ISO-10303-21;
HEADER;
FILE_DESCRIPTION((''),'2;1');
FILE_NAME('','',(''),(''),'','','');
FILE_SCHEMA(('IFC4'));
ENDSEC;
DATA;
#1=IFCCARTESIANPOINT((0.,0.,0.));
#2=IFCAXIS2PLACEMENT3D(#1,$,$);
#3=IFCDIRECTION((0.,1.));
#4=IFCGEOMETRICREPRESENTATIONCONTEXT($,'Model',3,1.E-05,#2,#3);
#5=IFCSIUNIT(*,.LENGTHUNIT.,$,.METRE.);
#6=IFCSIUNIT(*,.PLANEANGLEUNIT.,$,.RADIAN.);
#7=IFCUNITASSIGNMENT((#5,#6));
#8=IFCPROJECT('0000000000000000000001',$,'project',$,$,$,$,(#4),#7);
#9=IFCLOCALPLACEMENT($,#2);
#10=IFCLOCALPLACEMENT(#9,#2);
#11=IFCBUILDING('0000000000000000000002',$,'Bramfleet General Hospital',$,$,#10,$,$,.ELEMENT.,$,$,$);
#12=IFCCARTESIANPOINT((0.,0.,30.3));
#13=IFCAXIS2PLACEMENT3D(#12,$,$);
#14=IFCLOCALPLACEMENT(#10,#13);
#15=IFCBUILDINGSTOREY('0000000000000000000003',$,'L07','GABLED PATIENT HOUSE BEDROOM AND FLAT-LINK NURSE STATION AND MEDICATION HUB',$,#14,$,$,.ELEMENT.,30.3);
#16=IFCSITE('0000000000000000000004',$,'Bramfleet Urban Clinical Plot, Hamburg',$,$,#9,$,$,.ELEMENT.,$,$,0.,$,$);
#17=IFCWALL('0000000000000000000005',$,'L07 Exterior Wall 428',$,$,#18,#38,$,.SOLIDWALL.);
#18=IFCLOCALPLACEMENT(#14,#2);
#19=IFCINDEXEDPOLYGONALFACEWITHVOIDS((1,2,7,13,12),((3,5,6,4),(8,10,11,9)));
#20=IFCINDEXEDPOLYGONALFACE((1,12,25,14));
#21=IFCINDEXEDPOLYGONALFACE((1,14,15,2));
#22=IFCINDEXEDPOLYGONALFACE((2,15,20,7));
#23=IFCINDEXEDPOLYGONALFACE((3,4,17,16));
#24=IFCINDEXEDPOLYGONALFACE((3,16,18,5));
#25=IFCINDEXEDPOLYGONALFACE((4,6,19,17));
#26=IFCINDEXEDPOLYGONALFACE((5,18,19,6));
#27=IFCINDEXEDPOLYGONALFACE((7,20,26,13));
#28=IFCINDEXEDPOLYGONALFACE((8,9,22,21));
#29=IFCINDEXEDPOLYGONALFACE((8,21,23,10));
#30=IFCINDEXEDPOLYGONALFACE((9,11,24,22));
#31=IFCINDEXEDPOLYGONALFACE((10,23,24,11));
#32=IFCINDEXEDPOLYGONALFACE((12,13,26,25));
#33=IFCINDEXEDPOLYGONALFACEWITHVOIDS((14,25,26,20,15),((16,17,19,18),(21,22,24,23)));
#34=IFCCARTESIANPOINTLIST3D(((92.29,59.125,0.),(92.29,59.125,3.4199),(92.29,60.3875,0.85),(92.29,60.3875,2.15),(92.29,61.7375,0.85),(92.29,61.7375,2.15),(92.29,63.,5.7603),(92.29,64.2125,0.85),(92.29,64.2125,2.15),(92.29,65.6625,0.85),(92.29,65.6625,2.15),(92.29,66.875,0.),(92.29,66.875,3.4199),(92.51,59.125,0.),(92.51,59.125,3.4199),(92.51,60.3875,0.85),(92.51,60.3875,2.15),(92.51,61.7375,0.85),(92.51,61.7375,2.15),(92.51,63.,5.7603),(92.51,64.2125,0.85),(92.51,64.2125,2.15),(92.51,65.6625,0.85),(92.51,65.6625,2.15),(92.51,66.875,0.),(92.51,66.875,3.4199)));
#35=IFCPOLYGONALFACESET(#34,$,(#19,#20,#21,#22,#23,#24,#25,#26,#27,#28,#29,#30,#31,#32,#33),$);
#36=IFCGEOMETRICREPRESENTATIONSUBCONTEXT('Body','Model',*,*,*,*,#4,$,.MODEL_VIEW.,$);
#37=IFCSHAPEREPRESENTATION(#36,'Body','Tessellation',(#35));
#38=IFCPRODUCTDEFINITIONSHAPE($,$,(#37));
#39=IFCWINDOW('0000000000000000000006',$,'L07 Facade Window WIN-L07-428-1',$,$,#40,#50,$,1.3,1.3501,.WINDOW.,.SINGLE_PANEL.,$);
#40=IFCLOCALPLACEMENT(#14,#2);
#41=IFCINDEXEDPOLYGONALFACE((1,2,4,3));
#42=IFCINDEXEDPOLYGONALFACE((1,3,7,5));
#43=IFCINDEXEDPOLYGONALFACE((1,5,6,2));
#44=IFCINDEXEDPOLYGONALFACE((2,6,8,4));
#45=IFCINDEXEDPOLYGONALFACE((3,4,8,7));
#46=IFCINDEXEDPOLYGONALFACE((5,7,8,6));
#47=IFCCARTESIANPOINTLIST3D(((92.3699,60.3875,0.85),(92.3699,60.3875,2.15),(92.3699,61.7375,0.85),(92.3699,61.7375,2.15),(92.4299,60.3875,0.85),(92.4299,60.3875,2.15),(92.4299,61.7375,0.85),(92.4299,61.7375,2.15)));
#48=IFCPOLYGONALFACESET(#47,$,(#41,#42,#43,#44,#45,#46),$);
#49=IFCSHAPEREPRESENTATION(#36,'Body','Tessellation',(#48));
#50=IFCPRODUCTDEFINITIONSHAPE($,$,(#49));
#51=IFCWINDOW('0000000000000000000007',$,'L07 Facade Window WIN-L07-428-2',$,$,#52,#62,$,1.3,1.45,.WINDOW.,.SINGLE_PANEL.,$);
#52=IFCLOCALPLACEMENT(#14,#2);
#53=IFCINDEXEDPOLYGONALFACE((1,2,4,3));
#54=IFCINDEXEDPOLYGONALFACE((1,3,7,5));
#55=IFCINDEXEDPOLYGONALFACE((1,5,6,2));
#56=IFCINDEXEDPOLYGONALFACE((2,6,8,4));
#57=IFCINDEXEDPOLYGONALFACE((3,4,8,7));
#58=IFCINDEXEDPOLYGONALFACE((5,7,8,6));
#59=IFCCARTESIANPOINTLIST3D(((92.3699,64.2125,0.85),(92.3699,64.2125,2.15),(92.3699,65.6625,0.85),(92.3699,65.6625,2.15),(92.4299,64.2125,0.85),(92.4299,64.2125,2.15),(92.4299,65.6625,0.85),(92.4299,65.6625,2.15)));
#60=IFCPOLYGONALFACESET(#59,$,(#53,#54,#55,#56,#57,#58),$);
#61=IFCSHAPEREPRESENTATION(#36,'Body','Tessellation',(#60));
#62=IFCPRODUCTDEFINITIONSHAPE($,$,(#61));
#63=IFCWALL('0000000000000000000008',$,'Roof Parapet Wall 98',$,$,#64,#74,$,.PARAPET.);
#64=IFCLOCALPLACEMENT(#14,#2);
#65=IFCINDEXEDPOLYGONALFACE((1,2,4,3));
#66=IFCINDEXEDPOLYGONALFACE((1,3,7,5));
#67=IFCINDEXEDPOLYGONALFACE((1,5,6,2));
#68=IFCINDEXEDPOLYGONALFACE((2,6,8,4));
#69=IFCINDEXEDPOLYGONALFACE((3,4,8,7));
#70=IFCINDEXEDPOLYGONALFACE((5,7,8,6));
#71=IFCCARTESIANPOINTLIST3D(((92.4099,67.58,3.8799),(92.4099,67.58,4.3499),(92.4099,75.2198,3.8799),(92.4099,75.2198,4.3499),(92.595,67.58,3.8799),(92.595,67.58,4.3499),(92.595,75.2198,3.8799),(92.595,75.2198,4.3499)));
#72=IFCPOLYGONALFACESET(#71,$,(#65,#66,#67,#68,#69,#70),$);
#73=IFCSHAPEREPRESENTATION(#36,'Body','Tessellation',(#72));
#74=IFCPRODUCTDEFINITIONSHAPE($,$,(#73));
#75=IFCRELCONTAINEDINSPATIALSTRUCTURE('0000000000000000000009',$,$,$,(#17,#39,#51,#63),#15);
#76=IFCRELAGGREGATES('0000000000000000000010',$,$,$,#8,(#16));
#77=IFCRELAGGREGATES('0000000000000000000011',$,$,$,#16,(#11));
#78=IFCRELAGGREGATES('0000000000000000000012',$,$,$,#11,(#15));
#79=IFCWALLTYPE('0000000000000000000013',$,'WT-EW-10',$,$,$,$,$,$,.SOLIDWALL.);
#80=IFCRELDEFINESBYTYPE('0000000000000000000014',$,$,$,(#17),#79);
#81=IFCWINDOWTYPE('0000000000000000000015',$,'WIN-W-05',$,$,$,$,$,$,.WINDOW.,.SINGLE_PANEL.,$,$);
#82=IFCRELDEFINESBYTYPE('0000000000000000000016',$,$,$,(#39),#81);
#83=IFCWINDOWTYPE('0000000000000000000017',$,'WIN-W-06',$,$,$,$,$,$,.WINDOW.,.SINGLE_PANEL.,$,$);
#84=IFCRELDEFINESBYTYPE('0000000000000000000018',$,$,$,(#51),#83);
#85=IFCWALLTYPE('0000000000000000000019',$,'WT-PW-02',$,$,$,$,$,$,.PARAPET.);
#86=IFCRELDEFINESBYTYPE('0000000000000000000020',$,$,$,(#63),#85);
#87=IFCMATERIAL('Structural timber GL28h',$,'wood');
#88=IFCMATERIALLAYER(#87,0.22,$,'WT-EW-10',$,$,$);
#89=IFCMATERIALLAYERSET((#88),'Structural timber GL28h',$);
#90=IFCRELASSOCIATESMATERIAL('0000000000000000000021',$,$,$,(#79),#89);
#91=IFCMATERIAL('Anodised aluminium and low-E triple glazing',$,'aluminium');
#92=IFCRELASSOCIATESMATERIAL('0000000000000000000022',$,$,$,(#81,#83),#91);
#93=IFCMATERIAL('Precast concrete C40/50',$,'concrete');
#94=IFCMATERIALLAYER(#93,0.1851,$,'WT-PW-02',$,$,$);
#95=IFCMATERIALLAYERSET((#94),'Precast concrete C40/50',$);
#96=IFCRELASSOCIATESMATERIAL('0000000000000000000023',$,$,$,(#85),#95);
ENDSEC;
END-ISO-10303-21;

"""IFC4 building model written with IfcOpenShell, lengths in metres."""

from ifc_helpers import new_model, si_unit, direction, frame, frame_2d, origin, place, context, subcontext, project, spatial, polyline, rectangle, outline, extrude, material, layer, layer_set, type_object, element, fill, save


model = new_model("IFC4")

# Units and contexts
model_context = context("Model", 3, precision=1e-05, world=origin(), true_north=direction((0.0, 1.0)))
body_context = subcontext(model_context, "Body", "Model", "MODEL_VIEW")
ifc_project = project(units=[si_unit("LENGTHUNIT", "METRE"), si_unit("PLANEANGLEUNIT", "RADIAN")], contexts=[model_context])

# Site, building, storey
site_placement = place(None, origin())
site = spatial("IfcSite", under=ifc_project, at=site_placement, Name="Bramfleet Urban Clinical Plot, Hamburg", CompositionType="ELEMENT", RefElevation=0.0)
building_placement = place(site_placement, origin())
building = spatial("IfcBuilding", under=site, at=building_placement, Name="Bramfleet General Hospital", CompositionType="ELEMENT")
storey_placement = place(building_placement, frame((0.0, 0.0, 30.3)))
storey = spatial("IfcBuildingStorey", under=building, at=storey_placement, Name="L07", Description="GABLED PATIENT HOUSE BEDROOM AND FLAT-LINK NURSE STATION AND MEDICATION HUB", CompositionType="ELEMENT", Elevation=30.3)

# Shared definitions
ifc_material_1 = material(Name="Anodised aluminium and low-E triple glazing", Category="aluminium")

# Wall, openings, windows
ifc_material_2 = material(Name="Structural timber GL28h", Category="wood")
ifc_layer_1 = layer(ifc_material_2, 0.22, Name="WT-EW-10")
ifc_layer_set_1 = layer_set([ifc_layer_1], Name="Structural timber GL28h")
wall_type_1 = type_object("IfcWallType", Name="WT-EW-10", PredefinedType="SOLIDWALL", material=ifc_layer_set_1)
wall_1_placement = place(storey_placement, frame((92.3999, 59.125, 0.0), z_axis=(0.0, 0.0, 1.0), x_axis=(0.0, 1.0, 0.0)))
wall_1 = element("IfcWall", 1, at=wall_1_placement, inside=storey, type_object=wall_type_1, Name="L07 Exterior Wall 428", PredefinedType="SOLIDWALL", context=body_context, shape_type="SweptSolid", body=[
    extrude(outline(polyline([(0.0, 0.0), (7.75, 0.0), (7.75, 3.4199), (3.875, 5.7603), (0.0, 3.4199), (0.0, 0.0)])), frame((0.0, 0.1099, 0.0), z_axis=(0.0, -1.0, 0.0), x_axis=(1.0, 0.0, 0.0)), (0.0, 0.0, 1.0), 0.22),
])
opening_1_placement = place(wall_1_placement, frame((1.2625, 0.0, 0.8501)))
opening_1 = element("IfcOpeningElement", 2, at=opening_1_placement, cuts=wall_1, PredefinedType="OPENING", context=body_context, shape_type="SweptSolid", body=[
    extrude(rectangle(XDim=1.3501, YDim=1.3, at=frame_2d((0.675, 0.6499))), frame((0.0, 0.1199, 0.0), z_axis=(0.0, -1.0, 0.0), x_axis=(1.0, 0.0, 0.0)), (0.0, 0.0, 1.0), 0.24),
])
opening_2_placement = place(wall_1_placement, frame((5.0874, 0.0, 0.8501)))
opening_2 = element("IfcOpeningElement", 3, at=opening_2_placement, cuts=wall_1, PredefinedType="OPENING", context=body_context, shape_type="SweptSolid", body=[
    extrude(rectangle(XDim=1.45, YDim=1.3, at=frame_2d((0.7251, 0.6499))), frame((0.0, 0.1199, 0.0), z_axis=(0.0, -1.0, 0.0), x_axis=(1.0, 0.0, 0.0)), (0.0, 0.0, 1.0), 0.24),
])
window_type_1 = type_object("IfcWindowType", Name="WIN-W-05", PartitioningType="SINGLE_PANEL", PredefinedType="WINDOW", material=ifc_material_1)
window_1_placement = place(opening_1_placement, origin())
window_1 = element("IfcWindow", 4, at=window_1_placement, inside=storey, type_object=window_type_1, Name="L07 Facade Window WIN-L07-428-1", OverallHeight=1.3, OverallWidth=1.3501, PartitioningType="SINGLE_PANEL", PredefinedType="WINDOW", context=body_context, shape_type="SweptSolid", body=[
    extrude(rectangle(XDim=1.3501, YDim=1.3, at=frame_2d((0.675, 0.6499))), frame((0.0, 0.03, 0.0), z_axis=(0.0, -1.0, 0.0), x_axis=(1.0, 0.0, 0.0)), (0.0, 0.0, 1.0), 0.0601),
])
fill(opening_1, window_1)
window_type_2 = type_object("IfcWindowType", Name="WIN-W-06", PartitioningType="SINGLE_PANEL", PredefinedType="WINDOW", material=ifc_material_1)
window_2_placement = place(opening_2_placement, origin())
window_2 = element("IfcWindow", 5, at=window_2_placement, inside=storey, type_object=window_type_2, Name="L07 Facade Window WIN-L07-428-2", OverallHeight=1.3, OverallWidth=1.45, PartitioningType="SINGLE_PANEL", PredefinedType="WINDOW", context=body_context, shape_type="SweptSolid", body=[
    extrude(rectangle(XDim=1.45, YDim=1.3, at=frame_2d((0.7251, 0.6499))), frame((0.0, 0.03, 0.0), z_axis=(0.0, -1.0, 0.0), x_axis=(1.0, 0.0, 0.0)), (0.0, 0.0, 1.0), 0.0601),
])
fill(opening_2, window_2)

# Wall
ifc_material_3 = material(Name="Precast concrete C40/50", Category="concrete")
ifc_layer_2 = layer(ifc_material_3, 0.1851, Name="WT-PW-02")
ifc_layer_set_2 = layer_set([ifc_layer_2], Name="Precast concrete C40/50")
wall_type_2 = type_object("IfcWallType", Name="WT-PW-02", PredefinedType="PARAPET", material=ifc_layer_set_2)
wall_2_placement = place(storey_placement, frame((92.5024, 67.5801, 3.8799), z_axis=(0.0, 0.0, 1.0), x_axis=(0.0, 1.0, 0.0)))
element("IfcWall", 6, at=wall_2_placement, inside=storey, type_object=wall_type_2, Name="Roof Parapet Wall 98", PredefinedType="PARAPET", context=body_context, shape_type="SweptSolid", body=[
    extrude(rectangle(XDim=7.6399, YDim=0.1851, at=frame_2d((3.8198, 0.0))), origin(), (0.0, 0.0, 1.0), 0.47),
])

save(model, "model.ifc")
